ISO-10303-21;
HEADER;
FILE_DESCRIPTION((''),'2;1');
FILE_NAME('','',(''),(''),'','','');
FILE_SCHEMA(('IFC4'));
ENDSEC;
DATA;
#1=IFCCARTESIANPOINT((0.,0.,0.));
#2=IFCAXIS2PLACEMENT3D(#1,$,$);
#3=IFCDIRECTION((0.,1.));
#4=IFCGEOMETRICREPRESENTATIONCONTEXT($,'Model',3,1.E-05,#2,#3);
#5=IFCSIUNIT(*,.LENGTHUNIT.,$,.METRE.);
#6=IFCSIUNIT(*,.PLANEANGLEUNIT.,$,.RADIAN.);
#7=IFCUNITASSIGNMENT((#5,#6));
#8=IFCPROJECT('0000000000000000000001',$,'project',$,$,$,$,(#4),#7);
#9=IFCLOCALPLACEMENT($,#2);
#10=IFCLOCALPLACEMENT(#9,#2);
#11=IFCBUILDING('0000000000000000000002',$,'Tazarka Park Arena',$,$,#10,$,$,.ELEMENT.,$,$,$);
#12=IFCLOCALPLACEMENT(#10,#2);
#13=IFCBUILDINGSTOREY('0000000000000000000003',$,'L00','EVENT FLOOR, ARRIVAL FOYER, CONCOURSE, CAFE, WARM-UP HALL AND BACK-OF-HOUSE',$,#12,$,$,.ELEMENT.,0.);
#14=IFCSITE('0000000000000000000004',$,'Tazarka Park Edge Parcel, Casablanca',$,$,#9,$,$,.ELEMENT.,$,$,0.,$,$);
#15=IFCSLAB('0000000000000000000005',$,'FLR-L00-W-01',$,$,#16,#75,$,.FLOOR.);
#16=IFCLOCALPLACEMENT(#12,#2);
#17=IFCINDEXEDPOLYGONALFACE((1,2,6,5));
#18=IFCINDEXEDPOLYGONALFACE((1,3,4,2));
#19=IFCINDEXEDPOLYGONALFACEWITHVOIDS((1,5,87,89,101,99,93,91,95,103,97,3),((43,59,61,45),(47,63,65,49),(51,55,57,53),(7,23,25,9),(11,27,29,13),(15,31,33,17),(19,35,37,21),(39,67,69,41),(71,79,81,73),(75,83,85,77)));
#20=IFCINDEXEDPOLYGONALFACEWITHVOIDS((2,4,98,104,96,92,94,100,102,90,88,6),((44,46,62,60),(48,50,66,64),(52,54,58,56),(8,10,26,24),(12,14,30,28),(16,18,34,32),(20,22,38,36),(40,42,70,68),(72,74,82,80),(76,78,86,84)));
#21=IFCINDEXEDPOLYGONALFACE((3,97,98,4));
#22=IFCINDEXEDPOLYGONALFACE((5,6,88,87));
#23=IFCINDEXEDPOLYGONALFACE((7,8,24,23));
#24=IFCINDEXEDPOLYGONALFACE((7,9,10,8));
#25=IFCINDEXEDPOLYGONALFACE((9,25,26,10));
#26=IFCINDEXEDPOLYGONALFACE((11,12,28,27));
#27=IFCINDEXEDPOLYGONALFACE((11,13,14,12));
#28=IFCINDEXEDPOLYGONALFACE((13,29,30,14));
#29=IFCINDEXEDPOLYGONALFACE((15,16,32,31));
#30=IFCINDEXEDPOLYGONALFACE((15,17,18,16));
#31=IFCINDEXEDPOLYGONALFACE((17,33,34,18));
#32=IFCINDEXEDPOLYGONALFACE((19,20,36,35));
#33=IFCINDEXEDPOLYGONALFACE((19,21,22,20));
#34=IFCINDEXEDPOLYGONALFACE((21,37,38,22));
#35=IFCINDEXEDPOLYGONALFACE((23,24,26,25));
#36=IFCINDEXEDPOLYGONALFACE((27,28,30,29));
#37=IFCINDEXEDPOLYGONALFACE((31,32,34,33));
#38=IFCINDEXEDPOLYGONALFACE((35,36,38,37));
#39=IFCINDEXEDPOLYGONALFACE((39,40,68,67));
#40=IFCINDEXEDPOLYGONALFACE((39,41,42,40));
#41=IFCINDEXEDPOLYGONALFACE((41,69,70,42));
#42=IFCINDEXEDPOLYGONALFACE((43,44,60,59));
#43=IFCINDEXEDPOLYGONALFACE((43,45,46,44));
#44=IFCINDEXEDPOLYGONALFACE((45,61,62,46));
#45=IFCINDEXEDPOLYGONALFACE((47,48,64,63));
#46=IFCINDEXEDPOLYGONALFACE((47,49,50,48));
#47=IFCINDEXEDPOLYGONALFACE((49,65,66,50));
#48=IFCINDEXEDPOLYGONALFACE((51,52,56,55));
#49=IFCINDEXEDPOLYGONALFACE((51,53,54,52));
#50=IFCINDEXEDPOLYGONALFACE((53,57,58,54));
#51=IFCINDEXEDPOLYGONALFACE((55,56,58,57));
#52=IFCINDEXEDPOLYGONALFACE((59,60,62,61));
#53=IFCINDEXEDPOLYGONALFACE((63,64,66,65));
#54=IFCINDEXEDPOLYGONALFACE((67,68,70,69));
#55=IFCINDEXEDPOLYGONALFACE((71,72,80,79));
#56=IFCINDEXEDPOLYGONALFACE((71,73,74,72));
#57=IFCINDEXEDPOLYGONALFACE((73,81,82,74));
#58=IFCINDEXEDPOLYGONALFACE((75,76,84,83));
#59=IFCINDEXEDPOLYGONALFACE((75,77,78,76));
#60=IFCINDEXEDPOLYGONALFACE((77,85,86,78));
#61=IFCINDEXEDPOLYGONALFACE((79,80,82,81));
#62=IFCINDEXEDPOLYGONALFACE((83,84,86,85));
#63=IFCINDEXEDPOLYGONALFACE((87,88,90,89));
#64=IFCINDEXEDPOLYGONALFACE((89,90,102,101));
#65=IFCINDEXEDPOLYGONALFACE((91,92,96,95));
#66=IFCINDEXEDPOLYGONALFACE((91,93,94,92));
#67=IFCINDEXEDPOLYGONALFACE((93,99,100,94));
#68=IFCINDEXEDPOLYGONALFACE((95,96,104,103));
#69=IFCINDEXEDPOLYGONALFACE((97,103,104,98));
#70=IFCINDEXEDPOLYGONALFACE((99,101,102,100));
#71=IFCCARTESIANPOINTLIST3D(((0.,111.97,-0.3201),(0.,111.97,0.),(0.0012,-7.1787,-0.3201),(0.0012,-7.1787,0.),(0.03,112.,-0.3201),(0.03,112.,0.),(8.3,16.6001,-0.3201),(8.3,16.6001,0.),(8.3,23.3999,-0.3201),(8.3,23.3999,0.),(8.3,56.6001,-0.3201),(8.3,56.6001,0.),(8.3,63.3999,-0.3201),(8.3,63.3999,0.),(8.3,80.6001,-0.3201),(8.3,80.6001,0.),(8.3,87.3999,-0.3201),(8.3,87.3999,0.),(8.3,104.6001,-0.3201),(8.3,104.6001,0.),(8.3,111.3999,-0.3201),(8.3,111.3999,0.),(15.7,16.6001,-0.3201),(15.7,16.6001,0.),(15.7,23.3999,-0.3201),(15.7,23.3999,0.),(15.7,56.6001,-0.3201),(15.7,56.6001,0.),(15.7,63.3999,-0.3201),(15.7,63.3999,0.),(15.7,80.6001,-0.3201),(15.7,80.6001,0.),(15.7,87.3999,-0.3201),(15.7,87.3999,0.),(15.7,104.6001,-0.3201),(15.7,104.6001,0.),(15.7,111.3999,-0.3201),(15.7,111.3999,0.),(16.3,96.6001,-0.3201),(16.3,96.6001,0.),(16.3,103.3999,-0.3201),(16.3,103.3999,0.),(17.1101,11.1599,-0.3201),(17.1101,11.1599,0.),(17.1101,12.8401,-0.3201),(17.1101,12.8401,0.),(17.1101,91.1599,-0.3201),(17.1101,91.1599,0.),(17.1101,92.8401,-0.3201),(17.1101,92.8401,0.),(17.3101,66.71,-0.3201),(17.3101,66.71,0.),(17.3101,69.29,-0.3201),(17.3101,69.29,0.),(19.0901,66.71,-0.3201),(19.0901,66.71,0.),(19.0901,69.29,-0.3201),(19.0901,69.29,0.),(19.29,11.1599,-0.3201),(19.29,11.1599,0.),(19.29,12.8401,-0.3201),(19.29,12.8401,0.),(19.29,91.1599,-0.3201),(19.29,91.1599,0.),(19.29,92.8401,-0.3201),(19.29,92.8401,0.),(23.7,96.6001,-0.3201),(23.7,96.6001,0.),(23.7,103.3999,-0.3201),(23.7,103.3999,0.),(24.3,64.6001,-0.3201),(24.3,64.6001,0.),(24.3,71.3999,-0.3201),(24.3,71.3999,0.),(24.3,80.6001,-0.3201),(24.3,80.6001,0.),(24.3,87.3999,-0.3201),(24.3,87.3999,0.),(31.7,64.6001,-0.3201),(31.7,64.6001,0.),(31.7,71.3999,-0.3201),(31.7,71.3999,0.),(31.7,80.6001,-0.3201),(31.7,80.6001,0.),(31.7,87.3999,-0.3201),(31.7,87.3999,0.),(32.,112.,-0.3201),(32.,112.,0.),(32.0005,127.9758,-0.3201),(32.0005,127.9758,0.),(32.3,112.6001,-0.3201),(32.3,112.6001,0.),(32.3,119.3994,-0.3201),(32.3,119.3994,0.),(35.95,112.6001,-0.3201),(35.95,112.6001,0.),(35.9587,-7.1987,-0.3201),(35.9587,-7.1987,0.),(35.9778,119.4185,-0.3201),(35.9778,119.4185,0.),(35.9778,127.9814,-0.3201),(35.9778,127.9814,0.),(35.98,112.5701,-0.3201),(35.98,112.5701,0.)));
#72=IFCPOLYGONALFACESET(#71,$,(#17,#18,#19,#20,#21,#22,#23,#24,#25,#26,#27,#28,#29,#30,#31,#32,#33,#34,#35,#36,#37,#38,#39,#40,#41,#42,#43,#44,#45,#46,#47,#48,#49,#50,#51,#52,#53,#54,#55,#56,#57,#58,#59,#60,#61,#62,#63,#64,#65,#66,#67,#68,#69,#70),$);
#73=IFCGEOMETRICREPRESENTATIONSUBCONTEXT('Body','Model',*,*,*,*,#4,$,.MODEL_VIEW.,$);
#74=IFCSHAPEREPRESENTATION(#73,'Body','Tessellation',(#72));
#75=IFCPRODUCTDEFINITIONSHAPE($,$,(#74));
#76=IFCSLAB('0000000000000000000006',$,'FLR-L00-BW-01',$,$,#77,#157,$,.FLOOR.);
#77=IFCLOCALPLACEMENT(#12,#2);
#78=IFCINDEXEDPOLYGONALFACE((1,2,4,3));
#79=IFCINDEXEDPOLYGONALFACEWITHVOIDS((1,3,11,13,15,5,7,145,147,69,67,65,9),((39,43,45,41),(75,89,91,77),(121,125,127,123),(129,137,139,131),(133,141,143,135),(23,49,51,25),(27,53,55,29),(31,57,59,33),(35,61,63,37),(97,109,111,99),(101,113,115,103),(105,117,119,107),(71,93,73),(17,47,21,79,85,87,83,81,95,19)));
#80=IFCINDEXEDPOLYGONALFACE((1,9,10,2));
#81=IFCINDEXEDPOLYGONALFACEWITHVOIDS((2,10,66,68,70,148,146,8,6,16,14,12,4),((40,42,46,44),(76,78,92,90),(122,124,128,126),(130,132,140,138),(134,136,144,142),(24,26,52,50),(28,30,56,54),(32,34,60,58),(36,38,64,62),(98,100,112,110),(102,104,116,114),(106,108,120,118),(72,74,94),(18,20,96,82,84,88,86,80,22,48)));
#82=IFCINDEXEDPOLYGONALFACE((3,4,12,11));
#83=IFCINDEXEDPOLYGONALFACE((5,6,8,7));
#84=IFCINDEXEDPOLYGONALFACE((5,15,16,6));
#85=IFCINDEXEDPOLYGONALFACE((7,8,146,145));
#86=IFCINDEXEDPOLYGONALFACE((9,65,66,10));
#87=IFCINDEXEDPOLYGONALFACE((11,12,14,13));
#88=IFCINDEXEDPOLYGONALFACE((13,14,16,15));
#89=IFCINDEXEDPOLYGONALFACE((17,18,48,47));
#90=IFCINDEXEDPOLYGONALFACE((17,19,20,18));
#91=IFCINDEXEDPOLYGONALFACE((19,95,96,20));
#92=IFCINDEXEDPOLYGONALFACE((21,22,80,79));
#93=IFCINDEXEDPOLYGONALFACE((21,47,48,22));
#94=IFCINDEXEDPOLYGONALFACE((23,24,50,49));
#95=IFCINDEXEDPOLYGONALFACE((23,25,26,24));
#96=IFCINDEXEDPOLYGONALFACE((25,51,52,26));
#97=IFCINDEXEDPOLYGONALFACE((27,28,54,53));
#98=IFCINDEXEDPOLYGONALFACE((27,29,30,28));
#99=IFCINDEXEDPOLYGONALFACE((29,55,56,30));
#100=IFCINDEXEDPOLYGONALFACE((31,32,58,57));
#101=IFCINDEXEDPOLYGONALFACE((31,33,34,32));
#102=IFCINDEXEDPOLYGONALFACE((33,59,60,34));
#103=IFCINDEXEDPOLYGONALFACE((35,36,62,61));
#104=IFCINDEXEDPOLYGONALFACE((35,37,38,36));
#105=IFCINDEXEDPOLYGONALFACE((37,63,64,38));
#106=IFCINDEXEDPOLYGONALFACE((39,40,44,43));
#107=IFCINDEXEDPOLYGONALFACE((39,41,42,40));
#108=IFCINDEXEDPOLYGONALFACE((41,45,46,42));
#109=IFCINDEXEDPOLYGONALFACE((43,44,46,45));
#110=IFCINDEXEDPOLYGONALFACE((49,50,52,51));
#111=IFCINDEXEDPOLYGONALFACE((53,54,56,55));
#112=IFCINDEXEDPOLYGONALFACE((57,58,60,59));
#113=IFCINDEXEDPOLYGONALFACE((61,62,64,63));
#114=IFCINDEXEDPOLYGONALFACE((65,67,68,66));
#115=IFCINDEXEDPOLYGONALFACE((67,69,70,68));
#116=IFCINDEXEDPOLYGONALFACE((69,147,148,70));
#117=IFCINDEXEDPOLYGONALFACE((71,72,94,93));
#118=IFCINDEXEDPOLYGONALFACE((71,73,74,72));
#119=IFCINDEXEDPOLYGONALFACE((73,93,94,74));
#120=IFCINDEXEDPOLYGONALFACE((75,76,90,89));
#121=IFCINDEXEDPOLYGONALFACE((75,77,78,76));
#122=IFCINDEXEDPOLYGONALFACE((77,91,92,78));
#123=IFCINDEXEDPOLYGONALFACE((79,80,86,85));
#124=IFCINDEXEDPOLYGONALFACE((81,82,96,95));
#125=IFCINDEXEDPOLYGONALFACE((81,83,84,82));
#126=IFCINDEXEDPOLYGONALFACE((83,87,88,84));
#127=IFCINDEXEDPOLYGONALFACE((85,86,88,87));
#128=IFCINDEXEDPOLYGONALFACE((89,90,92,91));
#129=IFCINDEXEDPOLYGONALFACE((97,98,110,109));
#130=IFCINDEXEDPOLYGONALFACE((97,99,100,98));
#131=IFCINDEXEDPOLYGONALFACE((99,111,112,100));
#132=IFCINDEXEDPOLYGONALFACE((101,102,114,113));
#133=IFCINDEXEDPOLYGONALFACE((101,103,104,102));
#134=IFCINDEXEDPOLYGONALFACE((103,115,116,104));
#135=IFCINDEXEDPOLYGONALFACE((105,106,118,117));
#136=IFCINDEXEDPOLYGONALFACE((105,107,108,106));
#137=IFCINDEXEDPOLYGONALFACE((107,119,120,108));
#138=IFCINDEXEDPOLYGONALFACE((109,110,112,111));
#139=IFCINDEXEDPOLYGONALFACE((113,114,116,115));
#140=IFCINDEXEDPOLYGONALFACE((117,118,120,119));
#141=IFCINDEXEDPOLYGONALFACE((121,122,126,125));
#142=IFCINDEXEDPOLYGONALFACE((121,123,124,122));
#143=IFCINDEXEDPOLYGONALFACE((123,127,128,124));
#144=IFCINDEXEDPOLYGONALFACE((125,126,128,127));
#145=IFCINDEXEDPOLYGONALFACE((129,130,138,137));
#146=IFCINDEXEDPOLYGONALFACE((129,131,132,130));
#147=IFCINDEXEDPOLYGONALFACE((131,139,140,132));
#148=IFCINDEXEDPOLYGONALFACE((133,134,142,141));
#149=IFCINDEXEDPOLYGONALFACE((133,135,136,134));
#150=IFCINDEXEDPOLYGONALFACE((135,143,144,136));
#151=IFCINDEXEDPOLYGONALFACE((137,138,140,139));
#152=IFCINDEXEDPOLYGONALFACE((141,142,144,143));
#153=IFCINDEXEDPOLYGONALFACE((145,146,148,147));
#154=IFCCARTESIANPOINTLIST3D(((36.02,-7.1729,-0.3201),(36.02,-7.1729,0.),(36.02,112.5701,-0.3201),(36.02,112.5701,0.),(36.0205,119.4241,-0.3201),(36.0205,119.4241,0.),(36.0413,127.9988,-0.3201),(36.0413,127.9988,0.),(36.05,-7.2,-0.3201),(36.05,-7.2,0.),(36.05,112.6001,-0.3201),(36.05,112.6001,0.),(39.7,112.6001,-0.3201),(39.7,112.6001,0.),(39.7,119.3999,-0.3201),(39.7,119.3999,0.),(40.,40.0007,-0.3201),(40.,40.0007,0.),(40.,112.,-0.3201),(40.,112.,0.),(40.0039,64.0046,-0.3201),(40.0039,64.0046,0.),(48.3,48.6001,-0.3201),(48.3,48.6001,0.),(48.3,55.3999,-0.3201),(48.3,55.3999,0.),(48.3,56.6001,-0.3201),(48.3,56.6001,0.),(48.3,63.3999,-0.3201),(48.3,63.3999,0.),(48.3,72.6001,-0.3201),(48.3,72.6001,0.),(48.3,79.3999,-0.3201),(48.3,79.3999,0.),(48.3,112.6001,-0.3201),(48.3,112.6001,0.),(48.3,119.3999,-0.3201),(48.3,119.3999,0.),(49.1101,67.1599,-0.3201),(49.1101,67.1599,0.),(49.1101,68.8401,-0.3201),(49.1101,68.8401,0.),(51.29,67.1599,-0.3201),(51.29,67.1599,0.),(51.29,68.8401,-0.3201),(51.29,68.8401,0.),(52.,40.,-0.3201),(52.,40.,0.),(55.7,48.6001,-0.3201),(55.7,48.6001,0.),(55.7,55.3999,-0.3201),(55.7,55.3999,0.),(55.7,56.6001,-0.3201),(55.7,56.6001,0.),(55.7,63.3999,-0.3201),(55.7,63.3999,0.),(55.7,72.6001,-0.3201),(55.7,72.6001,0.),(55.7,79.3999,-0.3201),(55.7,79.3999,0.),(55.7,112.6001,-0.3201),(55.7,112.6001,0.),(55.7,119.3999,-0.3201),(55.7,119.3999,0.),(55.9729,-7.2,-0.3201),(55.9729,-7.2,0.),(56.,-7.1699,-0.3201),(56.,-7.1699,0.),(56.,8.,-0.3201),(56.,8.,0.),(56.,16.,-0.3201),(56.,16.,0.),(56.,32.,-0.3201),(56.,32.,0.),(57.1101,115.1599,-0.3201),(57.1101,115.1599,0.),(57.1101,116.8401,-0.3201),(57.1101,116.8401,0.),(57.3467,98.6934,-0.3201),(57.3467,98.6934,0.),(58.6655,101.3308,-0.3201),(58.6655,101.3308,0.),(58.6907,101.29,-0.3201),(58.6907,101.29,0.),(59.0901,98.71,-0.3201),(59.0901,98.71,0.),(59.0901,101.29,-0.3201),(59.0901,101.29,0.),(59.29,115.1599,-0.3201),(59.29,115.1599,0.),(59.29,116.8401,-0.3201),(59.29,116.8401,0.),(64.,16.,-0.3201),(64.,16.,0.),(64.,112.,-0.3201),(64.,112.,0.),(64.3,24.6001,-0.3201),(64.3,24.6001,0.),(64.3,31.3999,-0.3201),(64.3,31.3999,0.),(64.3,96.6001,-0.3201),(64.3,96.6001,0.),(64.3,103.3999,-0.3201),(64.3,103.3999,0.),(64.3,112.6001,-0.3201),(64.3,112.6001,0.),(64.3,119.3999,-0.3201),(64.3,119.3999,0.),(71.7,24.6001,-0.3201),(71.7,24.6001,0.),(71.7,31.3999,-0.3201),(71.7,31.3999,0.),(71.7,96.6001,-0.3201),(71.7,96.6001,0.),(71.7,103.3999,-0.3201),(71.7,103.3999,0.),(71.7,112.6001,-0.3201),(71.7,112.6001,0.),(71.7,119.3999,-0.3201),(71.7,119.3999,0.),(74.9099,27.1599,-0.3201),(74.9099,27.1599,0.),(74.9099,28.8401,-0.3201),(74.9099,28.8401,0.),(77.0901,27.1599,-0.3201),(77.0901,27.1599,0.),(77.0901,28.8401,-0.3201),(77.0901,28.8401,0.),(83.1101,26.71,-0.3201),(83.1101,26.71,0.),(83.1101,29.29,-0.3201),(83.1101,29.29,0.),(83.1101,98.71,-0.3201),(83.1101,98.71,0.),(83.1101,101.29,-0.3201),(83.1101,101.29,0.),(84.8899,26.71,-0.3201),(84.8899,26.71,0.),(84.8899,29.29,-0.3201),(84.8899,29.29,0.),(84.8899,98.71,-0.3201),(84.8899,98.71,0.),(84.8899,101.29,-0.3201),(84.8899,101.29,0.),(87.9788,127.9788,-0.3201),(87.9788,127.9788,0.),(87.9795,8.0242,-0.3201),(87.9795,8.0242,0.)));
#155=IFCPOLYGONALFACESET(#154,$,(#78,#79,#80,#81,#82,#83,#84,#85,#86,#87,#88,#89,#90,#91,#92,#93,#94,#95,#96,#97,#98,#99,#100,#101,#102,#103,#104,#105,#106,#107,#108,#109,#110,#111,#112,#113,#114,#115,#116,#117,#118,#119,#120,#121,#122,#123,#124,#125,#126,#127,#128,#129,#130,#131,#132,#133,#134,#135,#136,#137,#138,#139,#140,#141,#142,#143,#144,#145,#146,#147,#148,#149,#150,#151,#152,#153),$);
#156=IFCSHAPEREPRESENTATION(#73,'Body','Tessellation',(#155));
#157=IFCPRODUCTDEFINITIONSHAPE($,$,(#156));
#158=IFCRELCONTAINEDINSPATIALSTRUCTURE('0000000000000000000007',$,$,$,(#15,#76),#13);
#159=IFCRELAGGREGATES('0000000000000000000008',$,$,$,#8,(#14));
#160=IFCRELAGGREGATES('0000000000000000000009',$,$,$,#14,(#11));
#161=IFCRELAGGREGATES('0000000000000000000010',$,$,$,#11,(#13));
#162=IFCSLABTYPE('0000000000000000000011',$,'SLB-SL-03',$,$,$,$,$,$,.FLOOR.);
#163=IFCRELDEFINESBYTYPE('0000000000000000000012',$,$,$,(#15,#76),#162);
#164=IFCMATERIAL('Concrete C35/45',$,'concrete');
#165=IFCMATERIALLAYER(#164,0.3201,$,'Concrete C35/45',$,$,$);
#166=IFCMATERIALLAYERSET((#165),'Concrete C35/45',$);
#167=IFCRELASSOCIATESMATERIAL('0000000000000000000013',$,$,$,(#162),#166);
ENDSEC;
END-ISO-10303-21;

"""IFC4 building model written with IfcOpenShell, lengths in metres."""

from ifc_helpers import new_model, si_unit, direction, frame, origin, place, context, subcontext, project, spatial, polyline, outline, extrude, material, layer, layer_set, type_object, element, save


model = new_model("IFC4")

# Units and contexts
model_context = context("Model", 3, precision=1e-05, world=origin(), true_north=direction((0.0, 1.0)))
body_context = subcontext(model_context, "Body", "Model", "MODEL_VIEW")
ifc_project = project(units=[si_unit("LENGTHUNIT", "METRE"), si_unit("PLANEANGLEUNIT", "RADIAN")], contexts=[model_context])

# Site, building, storey
site_placement = place(None, origin())
site = spatial("IfcSite", under=ifc_project, at=site_placement, Name="Tazarka Park Edge Parcel, Casablanca", CompositionType="ELEMENT", RefElevation=0.0)
building_placement = place(site_placement, origin())
building = spatial("IfcBuilding", under=site, at=building_placement, Name="Tazarka Park Arena", CompositionType="ELEMENT")
storey_placement = place(building_placement, origin())
storey = spatial("IfcBuildingStorey", under=building, at=storey_placement, Name="L00", Description="EVENT FLOOR, ARRIVAL FOYER, CONCOURSE, CAFE, WARM-UP HALL AND BACK-OF-HOUSE", CompositionType="ELEMENT", Elevation=0.0)

# Slabs
ifc_material_1 = material(Name="Concrete C35/45", Category="concrete")
ifc_layer_1 = layer(ifc_material_1, 0.3201, Name="Concrete C35/45")
ifc_layer_set_1 = layer_set([ifc_layer_1], Name="Concrete C35/45")
slab_type = type_object("IfcSlabType", Name="SLB-SL-03", PredefinedType="FLOOR", material=ifc_layer_set_1)
slab_1_placement = place(storey_placement, frame((0.0, 0.0, -0.3201)))
element("IfcSlab", 1, at=slab_1_placement, inside=storey, type_object=slab_type, Name="FLR-L00-W-01", PredefinedType="FLOOR", context=body_context, shape_type="SweptSolid", body=[
    extrude(outline(polyline([(0.0, 111.97), (0.03, 112.0), (32.0, 112.0), (32.0005, 127.9758), (35.9778, 127.9814), (35.9778, 119.4185), (32.3, 119.3994), (32.3, 112.6001), (35.95, 112.6001), (35.98, 112.5701), (35.9587, -7.1987), (0.0012, -7.1787), (0.0, 111.97)]), holes=[polyline([(24.3, 64.6001), (31.7, 64.6001), (31.7, 71.3999), (24.3, 71.3999), (24.3, 64.6001)]), polyline([(24.3, 80.6001), (31.7, 80.6001), (31.7, 87.3999), (24.3, 87.3999), (24.3, 80.6001)]), polyline([(16.3, 96.6001), (23.7, 96.6001), (23.7, 103.3999), (16.3, 103.3999), (16.3, 96.6001)]), polyline([(17.1101, 11.1599), (19.29, 11.1599), (19.29, 12.8401), (17.1101, 12.8401), (17.1101, 11.1599)]), polyline([(17.1101, 91.1599), (19.29, 91.1599), (19.29, 92.8401), (17.1101, 92.8401), (17.1101, 91.1599)]), polyline([(17.3101, 66.71), (19.0901, 66.71), (19.0901, 69.29), (17.3101, 69.29), (17.3101, 66.71)]), polyline([(8.3, 56.6001), (15.7, 56.6001), (15.7, 63.3999), (8.3, 63.3999), (8.3, 56.6001)]), polyline([(8.3, 16.6001), (15.7, 16.6001), (15.7, 23.3999), (8.3, 23.3999), (8.3, 16.6001)]), polyline([(8.3, 80.6001), (15.7, 80.6001), (15.7, 87.3999), (8.3, 87.3999), (8.3, 80.6001)]), polyline([(8.3, 104.6001), (15.7, 104.6001), (15.7, 111.3999), (8.3, 111.3999), (8.3, 104.6001)])]), origin(), (0.0, 0.0, 1.0), 0.3201),
])
slab_2_placement = place(storey_placement, frame((0.0, 0.0, -0.3201)))
element("IfcSlab", 2, at=slab_2_placement, inside=storey, type_object=slab_type, Name="FLR-L00-BW-01", PredefinedType="FLOOR", context=body_context, shape_type="SweptSolid", body=[
    extrude(outline(polyline([(39.7, 112.6001), (39.7, 119.3999), (36.0205, 119.4241), (36.0413, 127.9988), (87.9788, 127.9788), (87.9795, 8.0242), (56.0, 8.0), (56.0, -7.1699), (55.9729, -7.2), (36.05, -7.2), (36.02, -7.1729), (36.02, 112.5701), (36.05, 112.6001), (39.7, 112.6001)]), holes=[polyline([(83.1101, 26.71), (84.8899, 26.71), (84.8899, 29.29), (83.1101, 29.29), (83.1101, 26.71)]), polyline([(83.1101, 98.71), (84.8899, 98.71), (84.8899, 101.29), (83.1101, 101.29), (83.1101, 98.71)]), polyline([(74.9099, 27.1599), (77.0901, 27.1599), (77.0901, 28.8401), (74.9099, 28.8401), (74.9099, 27.1599)]), polyline([(64.3, 24.6001), (71.7, 24.6001), (71.7, 31.3999), (64.3, 31.3999), (64.3, 24.6001)]), polyline([(64.3, 96.6001), (71.7, 96.6001), (71.7, 103.3999), (64.3, 103.3999), (64.3, 96.6001)]), polyline([(64.3, 112.6001), (71.7, 112.6001), (71.7, 119.3999), (64.3, 119.3999), (64.3, 112.6001)]), polyline([(40.0, 40.0007), (52.0, 40.0), (40.0039, 64.0046), (57.3467, 98.6934), (59.0901, 98.71), (59.0901, 101.29), (58.6907, 101.29), (58.6655, 101.3308), (64.0, 112.0), (40.0, 112.0), (40.0, 40.0007)]), polyline([(56.0, 32.0), (56.0, 16.0), (64.0, 16.0), (56.0, 32.0)]), polyline([(57.1101, 115.1599), (59.29, 115.1599), (59.29, 116.8401), (57.1101, 116.8401), (57.1101, 115.1599)]), polyline([(48.3, 72.6001), (55.7, 72.6001), (55.7, 79.3999), (48.3, 79.3999), (48.3, 72.6001)]), polyline([(48.3, 112.6001), (55.7, 112.6001), (55.7, 119.3999), (48.3, 119.3999), (48.3, 112.6001)]), polyline([(48.3, 48.6001), (55.7, 48.6001), (55.7, 55.3999), (48.3, 55.3999), (48.3, 48.6001)]), polyline([(48.3, 56.6001), (55.7, 56.6001), (55.7, 63.3999), (48.3, 63.3999), (48.3, 56.6001)]), polyline([(49.1101, 67.1599), (51.29, 67.1599), (51.29, 68.8401), (49.1101, 68.8401), (49.1101, 67.1599)])]), origin(), (0.0, 0.0, 1.0), 0.3201),
])

save(model, "model.ifc")
